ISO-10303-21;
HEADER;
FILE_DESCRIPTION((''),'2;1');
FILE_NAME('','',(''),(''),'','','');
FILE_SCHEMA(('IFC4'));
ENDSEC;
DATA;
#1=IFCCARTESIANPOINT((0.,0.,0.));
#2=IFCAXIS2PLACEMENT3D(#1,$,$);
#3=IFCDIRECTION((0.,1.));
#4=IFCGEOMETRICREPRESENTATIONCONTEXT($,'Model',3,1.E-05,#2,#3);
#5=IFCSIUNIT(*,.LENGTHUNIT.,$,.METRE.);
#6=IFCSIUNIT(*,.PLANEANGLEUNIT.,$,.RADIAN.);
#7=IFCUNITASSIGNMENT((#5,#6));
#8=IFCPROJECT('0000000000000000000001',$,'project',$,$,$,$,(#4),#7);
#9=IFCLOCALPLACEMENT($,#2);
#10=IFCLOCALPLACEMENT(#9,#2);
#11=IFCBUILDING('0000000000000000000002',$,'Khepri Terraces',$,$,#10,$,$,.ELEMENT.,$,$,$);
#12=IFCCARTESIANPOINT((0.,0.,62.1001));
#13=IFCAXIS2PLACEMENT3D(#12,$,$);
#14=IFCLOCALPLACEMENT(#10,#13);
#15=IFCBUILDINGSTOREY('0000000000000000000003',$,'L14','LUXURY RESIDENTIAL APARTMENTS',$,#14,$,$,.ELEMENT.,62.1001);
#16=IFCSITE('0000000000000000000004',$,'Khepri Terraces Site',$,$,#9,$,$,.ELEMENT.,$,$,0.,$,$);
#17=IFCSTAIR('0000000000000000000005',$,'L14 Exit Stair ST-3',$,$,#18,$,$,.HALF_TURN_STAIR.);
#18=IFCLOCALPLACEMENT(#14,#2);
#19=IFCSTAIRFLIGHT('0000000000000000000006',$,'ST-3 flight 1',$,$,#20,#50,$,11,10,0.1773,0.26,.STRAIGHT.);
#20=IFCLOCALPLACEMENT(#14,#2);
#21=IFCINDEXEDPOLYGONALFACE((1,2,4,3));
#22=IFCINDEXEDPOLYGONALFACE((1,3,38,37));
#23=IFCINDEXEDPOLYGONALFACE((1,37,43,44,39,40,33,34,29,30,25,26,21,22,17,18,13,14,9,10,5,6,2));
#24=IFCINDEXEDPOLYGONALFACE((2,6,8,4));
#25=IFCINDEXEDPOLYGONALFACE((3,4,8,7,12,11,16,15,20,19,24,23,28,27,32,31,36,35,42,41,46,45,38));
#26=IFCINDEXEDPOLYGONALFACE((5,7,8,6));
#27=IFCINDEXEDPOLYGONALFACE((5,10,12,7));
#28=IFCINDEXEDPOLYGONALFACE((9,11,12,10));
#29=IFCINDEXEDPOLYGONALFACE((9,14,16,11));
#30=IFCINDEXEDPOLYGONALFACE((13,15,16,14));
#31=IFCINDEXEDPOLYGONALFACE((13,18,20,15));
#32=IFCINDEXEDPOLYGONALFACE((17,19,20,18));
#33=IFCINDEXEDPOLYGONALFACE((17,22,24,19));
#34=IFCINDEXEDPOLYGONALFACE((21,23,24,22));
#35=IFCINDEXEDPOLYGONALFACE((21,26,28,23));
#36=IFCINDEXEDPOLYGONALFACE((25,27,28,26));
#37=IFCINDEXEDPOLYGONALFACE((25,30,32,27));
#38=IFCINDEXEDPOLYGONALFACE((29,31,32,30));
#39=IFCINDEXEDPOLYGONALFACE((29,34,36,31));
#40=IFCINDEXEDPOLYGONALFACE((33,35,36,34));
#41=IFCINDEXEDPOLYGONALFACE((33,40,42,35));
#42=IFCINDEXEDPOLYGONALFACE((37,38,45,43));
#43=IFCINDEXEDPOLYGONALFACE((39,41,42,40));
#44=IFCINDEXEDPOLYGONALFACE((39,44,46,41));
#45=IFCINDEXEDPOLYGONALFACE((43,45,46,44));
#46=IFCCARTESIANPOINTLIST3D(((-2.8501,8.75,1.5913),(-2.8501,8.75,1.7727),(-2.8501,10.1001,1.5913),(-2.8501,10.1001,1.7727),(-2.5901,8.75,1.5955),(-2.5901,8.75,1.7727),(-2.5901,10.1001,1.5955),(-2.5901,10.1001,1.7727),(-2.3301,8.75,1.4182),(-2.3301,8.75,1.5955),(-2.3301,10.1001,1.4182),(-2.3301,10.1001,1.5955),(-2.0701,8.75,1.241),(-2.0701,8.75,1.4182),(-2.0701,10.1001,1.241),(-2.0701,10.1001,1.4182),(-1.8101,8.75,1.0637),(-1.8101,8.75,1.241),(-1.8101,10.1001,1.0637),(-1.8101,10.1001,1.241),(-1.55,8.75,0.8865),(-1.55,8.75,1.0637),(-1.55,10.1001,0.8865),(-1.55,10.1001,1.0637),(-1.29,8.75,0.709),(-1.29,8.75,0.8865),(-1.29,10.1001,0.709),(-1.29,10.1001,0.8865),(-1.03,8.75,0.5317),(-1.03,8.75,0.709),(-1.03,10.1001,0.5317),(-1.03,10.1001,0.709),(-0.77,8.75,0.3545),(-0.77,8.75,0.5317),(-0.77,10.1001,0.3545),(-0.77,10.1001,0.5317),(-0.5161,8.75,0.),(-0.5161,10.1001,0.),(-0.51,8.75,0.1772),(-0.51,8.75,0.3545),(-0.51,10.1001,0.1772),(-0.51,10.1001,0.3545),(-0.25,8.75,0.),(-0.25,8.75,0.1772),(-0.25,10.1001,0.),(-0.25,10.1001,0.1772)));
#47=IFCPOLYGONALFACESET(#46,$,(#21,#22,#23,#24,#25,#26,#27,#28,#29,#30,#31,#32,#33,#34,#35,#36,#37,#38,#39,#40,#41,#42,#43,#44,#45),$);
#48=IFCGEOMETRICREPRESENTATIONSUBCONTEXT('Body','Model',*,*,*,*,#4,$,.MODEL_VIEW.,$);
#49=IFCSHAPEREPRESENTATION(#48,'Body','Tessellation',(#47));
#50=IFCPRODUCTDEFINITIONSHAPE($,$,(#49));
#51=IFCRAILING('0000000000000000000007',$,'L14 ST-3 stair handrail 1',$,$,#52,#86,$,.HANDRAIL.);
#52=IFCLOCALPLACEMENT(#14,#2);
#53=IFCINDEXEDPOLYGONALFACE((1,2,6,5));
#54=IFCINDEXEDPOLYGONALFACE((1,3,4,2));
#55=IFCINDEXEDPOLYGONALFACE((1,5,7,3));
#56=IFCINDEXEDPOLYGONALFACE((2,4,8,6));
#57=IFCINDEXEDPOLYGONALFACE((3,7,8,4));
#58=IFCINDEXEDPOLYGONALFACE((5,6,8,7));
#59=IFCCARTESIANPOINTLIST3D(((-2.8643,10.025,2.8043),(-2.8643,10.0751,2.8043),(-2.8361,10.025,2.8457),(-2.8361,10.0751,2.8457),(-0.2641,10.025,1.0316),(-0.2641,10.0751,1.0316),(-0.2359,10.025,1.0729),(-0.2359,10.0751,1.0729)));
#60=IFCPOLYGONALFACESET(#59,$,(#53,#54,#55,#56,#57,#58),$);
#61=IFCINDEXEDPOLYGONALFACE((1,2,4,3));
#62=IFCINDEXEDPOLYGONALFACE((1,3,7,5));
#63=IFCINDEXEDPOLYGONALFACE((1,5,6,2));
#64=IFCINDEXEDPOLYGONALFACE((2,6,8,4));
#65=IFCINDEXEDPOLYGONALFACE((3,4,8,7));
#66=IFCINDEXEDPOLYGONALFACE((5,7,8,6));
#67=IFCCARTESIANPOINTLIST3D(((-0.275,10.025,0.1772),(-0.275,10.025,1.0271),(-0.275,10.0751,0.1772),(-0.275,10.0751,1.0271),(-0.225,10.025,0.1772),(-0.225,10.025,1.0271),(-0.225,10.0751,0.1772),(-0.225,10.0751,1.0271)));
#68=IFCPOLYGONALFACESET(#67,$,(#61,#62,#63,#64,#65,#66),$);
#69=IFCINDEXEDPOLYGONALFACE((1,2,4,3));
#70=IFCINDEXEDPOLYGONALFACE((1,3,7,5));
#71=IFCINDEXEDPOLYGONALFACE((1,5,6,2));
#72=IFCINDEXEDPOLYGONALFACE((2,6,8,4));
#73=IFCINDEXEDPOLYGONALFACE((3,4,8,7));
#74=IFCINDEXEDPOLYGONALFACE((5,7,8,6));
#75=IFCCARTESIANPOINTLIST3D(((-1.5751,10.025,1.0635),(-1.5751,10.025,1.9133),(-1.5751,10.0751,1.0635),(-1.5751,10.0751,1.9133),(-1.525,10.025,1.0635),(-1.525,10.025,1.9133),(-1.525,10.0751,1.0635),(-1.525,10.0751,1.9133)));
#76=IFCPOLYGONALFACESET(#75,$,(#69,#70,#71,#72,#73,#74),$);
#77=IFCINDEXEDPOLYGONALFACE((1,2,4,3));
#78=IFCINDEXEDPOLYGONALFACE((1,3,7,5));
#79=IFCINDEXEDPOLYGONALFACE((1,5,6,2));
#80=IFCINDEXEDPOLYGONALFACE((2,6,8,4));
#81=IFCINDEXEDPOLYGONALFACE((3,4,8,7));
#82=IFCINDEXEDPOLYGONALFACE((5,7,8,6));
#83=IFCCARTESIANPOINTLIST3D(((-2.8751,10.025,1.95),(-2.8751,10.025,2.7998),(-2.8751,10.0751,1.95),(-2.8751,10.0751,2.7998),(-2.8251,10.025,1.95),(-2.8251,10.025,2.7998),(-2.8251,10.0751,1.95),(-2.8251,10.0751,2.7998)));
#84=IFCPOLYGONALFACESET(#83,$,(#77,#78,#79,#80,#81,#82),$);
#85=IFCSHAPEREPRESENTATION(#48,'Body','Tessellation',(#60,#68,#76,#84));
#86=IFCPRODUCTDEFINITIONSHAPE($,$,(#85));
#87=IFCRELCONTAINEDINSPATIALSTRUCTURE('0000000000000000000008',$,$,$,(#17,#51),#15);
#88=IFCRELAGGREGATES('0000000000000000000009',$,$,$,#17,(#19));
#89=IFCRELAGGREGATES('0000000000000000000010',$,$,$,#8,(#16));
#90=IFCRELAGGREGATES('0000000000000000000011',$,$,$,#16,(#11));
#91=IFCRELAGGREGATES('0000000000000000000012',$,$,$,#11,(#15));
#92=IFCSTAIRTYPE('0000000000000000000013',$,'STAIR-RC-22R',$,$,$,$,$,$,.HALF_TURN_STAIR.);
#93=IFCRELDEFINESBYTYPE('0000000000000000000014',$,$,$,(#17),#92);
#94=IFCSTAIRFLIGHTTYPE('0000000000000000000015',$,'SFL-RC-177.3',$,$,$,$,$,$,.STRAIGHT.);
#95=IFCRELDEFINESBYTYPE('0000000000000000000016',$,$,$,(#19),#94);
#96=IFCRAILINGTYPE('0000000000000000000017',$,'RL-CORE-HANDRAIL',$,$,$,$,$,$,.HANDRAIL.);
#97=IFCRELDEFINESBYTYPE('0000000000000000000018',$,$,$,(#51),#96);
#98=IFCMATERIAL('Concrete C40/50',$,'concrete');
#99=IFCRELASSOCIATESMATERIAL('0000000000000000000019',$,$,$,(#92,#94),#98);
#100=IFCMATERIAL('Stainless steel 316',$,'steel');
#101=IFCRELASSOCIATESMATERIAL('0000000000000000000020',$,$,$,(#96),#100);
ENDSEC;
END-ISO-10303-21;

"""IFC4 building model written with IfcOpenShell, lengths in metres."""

from ifc_helpers import new_model, si_unit, direction, frame, origin, origin_2d, place, context, subcontext, project, spatial, polyline, rectangle, outline, extrude, material, type_object, element, aggregate, save


model = new_model("IFC4")

# Units and contexts
model_context = context("Model", 3, precision=1e-05, world=origin(), true_north=direction((0.0, 1.0)))
body_context = subcontext(model_context, "Body", "Model", "MODEL_VIEW")
ifc_project = project(units=[si_unit("LENGTHUNIT", "METRE"), si_unit("PLANEANGLEUNIT", "RADIAN")], contexts=[model_context])

# Site, building, storey
site_placement = place(None, origin())
site = spatial("IfcSite", under=ifc_project, at=site_placement, Name="Khepri Terraces Site", CompositionType="ELEMENT", RefElevation=0.0)
building_placement = place(site_placement, origin())
building = spatial("IfcBuilding", under=site, at=building_placement, Name="Khepri Terraces", CompositionType="ELEMENT")
storey_placement = place(building_placement, frame((0.0, 0.0, 62.1001)))
storey = spatial("IfcBuildingStorey", under=building, at=storey_placement, Name="L14", Description="LUXURY RESIDENTIAL APARTMENTS", CompositionType="ELEMENT", Elevation=62.1001)

# Stair, stair flight
ifc_material_1 = material(Name="Concrete C40/50", Category="concrete")
stair_type = type_object("IfcStairType", Name="STAIR-RC-22R", PredefinedType="HALF_TURN_STAIR", material=ifc_material_1)
stair_placement = place(storey_placement, origin())
stair = element("IfcStair", 1, at=stair_placement, inside=storey, type_object=stair_type, Name="L14 Exit Stair ST-3", PredefinedType="HALF_TURN_STAIR")
stair_flight_type = type_object("IfcStairFlightType", Name="SFL-RC-177.3", PredefinedType="STRAIGHT", material=ifc_material_1)
stair_flight_placement = place(storey_placement, frame((-0.25, 9.425, 0.0), z_axis=(0.0, 0.0, 1.0), x_axis=(-1.0, 0.0, 0.0)))
stair_flight = element("IfcStairFlight", 2, at=stair_flight_placement, type_object=stair_flight_type, Name="ST-3 flight 1", NumberOfRisers=11, NumberOfTreads=10, PredefinedType="STRAIGHT", RiserHeight=0.1773, TreadLength=0.26, context=body_context, shape_type="SweptSolid", body=[
    extrude(outline(polyline([(0.0, 0.0), (0.0, 0.1772), (0.26, 0.1772), (0.26, 0.3545), (0.52, 0.3545), (0.52, 0.5317), (0.78, 0.5317), (0.78, 0.709), (1.04, 0.709), (1.04, 0.8865), (1.3, 0.8865), (1.3, 1.0637), (1.5601, 1.0637), (1.5601, 1.241), (1.8201, 1.241), (1.8201, 1.4182), (2.0801, 1.4182), (2.0801, 1.5955), (2.3401, 1.5955), (2.3401, 1.7727), (2.6001, 1.7727), (2.6001, 1.95), (2.6001, 1.5913), (0.2661, 0.0), (0.0, 0.0)])), frame((0.0, 0.675, 0.0), z_axis=(0.0, -1.0, 0.0), x_axis=(1.0, 0.0, 0.0)), (0.0, 0.0, 1.0), 1.3501),
])
aggregate(stair, [stair_flight])

# Railing
ifc_material_2 = material(Name="Stainless steel 316", Category="steel")
railing_type = type_object("IfcRailingType", Name="RL-CORE-HANDRAIL", PredefinedType="HANDRAIL", material=ifc_material_2)
railing_placement = place(storey_placement, frame((-0.25, 10.05, 0.1772)))
element("IfcRailing", 3, at=railing_placement, inside=storey, type_object=railing_type, Name="L14 ST-3 stair handrail 1", PredefinedType="HANDRAIL", context=body_context, shape_type="SweptSolid", body=[
    extrude(rectangle(XDim=0.05, YDim=0.05, at=origin_2d()), frame((0.0, 0.0, 0.875), z_axis=(-0.82624, 0.0, 0.563318), x_axis=(0.0, -1.0, 0.0)), (0.0, 0.0, 1.0), 3.147),
    extrude(rectangle(XDim=0.05, YDim=0.05, at=origin_2d()), origin(), (0.0, 0.0, 1.0), 0.8499),
    extrude(rectangle(XDim=0.05, YDim=0.05, at=origin_2d()), frame((-1.3, 0.0, 0.8862)), (0.0, 0.0, 1.0), 0.8499),
    extrude(rectangle(XDim=0.05, YDim=0.05, at=origin_2d()), frame((-2.6001, 0.0, 1.7727)), (0.0, 0.0, 1.0), 0.8499),
])

save(model, "model.ifc")
